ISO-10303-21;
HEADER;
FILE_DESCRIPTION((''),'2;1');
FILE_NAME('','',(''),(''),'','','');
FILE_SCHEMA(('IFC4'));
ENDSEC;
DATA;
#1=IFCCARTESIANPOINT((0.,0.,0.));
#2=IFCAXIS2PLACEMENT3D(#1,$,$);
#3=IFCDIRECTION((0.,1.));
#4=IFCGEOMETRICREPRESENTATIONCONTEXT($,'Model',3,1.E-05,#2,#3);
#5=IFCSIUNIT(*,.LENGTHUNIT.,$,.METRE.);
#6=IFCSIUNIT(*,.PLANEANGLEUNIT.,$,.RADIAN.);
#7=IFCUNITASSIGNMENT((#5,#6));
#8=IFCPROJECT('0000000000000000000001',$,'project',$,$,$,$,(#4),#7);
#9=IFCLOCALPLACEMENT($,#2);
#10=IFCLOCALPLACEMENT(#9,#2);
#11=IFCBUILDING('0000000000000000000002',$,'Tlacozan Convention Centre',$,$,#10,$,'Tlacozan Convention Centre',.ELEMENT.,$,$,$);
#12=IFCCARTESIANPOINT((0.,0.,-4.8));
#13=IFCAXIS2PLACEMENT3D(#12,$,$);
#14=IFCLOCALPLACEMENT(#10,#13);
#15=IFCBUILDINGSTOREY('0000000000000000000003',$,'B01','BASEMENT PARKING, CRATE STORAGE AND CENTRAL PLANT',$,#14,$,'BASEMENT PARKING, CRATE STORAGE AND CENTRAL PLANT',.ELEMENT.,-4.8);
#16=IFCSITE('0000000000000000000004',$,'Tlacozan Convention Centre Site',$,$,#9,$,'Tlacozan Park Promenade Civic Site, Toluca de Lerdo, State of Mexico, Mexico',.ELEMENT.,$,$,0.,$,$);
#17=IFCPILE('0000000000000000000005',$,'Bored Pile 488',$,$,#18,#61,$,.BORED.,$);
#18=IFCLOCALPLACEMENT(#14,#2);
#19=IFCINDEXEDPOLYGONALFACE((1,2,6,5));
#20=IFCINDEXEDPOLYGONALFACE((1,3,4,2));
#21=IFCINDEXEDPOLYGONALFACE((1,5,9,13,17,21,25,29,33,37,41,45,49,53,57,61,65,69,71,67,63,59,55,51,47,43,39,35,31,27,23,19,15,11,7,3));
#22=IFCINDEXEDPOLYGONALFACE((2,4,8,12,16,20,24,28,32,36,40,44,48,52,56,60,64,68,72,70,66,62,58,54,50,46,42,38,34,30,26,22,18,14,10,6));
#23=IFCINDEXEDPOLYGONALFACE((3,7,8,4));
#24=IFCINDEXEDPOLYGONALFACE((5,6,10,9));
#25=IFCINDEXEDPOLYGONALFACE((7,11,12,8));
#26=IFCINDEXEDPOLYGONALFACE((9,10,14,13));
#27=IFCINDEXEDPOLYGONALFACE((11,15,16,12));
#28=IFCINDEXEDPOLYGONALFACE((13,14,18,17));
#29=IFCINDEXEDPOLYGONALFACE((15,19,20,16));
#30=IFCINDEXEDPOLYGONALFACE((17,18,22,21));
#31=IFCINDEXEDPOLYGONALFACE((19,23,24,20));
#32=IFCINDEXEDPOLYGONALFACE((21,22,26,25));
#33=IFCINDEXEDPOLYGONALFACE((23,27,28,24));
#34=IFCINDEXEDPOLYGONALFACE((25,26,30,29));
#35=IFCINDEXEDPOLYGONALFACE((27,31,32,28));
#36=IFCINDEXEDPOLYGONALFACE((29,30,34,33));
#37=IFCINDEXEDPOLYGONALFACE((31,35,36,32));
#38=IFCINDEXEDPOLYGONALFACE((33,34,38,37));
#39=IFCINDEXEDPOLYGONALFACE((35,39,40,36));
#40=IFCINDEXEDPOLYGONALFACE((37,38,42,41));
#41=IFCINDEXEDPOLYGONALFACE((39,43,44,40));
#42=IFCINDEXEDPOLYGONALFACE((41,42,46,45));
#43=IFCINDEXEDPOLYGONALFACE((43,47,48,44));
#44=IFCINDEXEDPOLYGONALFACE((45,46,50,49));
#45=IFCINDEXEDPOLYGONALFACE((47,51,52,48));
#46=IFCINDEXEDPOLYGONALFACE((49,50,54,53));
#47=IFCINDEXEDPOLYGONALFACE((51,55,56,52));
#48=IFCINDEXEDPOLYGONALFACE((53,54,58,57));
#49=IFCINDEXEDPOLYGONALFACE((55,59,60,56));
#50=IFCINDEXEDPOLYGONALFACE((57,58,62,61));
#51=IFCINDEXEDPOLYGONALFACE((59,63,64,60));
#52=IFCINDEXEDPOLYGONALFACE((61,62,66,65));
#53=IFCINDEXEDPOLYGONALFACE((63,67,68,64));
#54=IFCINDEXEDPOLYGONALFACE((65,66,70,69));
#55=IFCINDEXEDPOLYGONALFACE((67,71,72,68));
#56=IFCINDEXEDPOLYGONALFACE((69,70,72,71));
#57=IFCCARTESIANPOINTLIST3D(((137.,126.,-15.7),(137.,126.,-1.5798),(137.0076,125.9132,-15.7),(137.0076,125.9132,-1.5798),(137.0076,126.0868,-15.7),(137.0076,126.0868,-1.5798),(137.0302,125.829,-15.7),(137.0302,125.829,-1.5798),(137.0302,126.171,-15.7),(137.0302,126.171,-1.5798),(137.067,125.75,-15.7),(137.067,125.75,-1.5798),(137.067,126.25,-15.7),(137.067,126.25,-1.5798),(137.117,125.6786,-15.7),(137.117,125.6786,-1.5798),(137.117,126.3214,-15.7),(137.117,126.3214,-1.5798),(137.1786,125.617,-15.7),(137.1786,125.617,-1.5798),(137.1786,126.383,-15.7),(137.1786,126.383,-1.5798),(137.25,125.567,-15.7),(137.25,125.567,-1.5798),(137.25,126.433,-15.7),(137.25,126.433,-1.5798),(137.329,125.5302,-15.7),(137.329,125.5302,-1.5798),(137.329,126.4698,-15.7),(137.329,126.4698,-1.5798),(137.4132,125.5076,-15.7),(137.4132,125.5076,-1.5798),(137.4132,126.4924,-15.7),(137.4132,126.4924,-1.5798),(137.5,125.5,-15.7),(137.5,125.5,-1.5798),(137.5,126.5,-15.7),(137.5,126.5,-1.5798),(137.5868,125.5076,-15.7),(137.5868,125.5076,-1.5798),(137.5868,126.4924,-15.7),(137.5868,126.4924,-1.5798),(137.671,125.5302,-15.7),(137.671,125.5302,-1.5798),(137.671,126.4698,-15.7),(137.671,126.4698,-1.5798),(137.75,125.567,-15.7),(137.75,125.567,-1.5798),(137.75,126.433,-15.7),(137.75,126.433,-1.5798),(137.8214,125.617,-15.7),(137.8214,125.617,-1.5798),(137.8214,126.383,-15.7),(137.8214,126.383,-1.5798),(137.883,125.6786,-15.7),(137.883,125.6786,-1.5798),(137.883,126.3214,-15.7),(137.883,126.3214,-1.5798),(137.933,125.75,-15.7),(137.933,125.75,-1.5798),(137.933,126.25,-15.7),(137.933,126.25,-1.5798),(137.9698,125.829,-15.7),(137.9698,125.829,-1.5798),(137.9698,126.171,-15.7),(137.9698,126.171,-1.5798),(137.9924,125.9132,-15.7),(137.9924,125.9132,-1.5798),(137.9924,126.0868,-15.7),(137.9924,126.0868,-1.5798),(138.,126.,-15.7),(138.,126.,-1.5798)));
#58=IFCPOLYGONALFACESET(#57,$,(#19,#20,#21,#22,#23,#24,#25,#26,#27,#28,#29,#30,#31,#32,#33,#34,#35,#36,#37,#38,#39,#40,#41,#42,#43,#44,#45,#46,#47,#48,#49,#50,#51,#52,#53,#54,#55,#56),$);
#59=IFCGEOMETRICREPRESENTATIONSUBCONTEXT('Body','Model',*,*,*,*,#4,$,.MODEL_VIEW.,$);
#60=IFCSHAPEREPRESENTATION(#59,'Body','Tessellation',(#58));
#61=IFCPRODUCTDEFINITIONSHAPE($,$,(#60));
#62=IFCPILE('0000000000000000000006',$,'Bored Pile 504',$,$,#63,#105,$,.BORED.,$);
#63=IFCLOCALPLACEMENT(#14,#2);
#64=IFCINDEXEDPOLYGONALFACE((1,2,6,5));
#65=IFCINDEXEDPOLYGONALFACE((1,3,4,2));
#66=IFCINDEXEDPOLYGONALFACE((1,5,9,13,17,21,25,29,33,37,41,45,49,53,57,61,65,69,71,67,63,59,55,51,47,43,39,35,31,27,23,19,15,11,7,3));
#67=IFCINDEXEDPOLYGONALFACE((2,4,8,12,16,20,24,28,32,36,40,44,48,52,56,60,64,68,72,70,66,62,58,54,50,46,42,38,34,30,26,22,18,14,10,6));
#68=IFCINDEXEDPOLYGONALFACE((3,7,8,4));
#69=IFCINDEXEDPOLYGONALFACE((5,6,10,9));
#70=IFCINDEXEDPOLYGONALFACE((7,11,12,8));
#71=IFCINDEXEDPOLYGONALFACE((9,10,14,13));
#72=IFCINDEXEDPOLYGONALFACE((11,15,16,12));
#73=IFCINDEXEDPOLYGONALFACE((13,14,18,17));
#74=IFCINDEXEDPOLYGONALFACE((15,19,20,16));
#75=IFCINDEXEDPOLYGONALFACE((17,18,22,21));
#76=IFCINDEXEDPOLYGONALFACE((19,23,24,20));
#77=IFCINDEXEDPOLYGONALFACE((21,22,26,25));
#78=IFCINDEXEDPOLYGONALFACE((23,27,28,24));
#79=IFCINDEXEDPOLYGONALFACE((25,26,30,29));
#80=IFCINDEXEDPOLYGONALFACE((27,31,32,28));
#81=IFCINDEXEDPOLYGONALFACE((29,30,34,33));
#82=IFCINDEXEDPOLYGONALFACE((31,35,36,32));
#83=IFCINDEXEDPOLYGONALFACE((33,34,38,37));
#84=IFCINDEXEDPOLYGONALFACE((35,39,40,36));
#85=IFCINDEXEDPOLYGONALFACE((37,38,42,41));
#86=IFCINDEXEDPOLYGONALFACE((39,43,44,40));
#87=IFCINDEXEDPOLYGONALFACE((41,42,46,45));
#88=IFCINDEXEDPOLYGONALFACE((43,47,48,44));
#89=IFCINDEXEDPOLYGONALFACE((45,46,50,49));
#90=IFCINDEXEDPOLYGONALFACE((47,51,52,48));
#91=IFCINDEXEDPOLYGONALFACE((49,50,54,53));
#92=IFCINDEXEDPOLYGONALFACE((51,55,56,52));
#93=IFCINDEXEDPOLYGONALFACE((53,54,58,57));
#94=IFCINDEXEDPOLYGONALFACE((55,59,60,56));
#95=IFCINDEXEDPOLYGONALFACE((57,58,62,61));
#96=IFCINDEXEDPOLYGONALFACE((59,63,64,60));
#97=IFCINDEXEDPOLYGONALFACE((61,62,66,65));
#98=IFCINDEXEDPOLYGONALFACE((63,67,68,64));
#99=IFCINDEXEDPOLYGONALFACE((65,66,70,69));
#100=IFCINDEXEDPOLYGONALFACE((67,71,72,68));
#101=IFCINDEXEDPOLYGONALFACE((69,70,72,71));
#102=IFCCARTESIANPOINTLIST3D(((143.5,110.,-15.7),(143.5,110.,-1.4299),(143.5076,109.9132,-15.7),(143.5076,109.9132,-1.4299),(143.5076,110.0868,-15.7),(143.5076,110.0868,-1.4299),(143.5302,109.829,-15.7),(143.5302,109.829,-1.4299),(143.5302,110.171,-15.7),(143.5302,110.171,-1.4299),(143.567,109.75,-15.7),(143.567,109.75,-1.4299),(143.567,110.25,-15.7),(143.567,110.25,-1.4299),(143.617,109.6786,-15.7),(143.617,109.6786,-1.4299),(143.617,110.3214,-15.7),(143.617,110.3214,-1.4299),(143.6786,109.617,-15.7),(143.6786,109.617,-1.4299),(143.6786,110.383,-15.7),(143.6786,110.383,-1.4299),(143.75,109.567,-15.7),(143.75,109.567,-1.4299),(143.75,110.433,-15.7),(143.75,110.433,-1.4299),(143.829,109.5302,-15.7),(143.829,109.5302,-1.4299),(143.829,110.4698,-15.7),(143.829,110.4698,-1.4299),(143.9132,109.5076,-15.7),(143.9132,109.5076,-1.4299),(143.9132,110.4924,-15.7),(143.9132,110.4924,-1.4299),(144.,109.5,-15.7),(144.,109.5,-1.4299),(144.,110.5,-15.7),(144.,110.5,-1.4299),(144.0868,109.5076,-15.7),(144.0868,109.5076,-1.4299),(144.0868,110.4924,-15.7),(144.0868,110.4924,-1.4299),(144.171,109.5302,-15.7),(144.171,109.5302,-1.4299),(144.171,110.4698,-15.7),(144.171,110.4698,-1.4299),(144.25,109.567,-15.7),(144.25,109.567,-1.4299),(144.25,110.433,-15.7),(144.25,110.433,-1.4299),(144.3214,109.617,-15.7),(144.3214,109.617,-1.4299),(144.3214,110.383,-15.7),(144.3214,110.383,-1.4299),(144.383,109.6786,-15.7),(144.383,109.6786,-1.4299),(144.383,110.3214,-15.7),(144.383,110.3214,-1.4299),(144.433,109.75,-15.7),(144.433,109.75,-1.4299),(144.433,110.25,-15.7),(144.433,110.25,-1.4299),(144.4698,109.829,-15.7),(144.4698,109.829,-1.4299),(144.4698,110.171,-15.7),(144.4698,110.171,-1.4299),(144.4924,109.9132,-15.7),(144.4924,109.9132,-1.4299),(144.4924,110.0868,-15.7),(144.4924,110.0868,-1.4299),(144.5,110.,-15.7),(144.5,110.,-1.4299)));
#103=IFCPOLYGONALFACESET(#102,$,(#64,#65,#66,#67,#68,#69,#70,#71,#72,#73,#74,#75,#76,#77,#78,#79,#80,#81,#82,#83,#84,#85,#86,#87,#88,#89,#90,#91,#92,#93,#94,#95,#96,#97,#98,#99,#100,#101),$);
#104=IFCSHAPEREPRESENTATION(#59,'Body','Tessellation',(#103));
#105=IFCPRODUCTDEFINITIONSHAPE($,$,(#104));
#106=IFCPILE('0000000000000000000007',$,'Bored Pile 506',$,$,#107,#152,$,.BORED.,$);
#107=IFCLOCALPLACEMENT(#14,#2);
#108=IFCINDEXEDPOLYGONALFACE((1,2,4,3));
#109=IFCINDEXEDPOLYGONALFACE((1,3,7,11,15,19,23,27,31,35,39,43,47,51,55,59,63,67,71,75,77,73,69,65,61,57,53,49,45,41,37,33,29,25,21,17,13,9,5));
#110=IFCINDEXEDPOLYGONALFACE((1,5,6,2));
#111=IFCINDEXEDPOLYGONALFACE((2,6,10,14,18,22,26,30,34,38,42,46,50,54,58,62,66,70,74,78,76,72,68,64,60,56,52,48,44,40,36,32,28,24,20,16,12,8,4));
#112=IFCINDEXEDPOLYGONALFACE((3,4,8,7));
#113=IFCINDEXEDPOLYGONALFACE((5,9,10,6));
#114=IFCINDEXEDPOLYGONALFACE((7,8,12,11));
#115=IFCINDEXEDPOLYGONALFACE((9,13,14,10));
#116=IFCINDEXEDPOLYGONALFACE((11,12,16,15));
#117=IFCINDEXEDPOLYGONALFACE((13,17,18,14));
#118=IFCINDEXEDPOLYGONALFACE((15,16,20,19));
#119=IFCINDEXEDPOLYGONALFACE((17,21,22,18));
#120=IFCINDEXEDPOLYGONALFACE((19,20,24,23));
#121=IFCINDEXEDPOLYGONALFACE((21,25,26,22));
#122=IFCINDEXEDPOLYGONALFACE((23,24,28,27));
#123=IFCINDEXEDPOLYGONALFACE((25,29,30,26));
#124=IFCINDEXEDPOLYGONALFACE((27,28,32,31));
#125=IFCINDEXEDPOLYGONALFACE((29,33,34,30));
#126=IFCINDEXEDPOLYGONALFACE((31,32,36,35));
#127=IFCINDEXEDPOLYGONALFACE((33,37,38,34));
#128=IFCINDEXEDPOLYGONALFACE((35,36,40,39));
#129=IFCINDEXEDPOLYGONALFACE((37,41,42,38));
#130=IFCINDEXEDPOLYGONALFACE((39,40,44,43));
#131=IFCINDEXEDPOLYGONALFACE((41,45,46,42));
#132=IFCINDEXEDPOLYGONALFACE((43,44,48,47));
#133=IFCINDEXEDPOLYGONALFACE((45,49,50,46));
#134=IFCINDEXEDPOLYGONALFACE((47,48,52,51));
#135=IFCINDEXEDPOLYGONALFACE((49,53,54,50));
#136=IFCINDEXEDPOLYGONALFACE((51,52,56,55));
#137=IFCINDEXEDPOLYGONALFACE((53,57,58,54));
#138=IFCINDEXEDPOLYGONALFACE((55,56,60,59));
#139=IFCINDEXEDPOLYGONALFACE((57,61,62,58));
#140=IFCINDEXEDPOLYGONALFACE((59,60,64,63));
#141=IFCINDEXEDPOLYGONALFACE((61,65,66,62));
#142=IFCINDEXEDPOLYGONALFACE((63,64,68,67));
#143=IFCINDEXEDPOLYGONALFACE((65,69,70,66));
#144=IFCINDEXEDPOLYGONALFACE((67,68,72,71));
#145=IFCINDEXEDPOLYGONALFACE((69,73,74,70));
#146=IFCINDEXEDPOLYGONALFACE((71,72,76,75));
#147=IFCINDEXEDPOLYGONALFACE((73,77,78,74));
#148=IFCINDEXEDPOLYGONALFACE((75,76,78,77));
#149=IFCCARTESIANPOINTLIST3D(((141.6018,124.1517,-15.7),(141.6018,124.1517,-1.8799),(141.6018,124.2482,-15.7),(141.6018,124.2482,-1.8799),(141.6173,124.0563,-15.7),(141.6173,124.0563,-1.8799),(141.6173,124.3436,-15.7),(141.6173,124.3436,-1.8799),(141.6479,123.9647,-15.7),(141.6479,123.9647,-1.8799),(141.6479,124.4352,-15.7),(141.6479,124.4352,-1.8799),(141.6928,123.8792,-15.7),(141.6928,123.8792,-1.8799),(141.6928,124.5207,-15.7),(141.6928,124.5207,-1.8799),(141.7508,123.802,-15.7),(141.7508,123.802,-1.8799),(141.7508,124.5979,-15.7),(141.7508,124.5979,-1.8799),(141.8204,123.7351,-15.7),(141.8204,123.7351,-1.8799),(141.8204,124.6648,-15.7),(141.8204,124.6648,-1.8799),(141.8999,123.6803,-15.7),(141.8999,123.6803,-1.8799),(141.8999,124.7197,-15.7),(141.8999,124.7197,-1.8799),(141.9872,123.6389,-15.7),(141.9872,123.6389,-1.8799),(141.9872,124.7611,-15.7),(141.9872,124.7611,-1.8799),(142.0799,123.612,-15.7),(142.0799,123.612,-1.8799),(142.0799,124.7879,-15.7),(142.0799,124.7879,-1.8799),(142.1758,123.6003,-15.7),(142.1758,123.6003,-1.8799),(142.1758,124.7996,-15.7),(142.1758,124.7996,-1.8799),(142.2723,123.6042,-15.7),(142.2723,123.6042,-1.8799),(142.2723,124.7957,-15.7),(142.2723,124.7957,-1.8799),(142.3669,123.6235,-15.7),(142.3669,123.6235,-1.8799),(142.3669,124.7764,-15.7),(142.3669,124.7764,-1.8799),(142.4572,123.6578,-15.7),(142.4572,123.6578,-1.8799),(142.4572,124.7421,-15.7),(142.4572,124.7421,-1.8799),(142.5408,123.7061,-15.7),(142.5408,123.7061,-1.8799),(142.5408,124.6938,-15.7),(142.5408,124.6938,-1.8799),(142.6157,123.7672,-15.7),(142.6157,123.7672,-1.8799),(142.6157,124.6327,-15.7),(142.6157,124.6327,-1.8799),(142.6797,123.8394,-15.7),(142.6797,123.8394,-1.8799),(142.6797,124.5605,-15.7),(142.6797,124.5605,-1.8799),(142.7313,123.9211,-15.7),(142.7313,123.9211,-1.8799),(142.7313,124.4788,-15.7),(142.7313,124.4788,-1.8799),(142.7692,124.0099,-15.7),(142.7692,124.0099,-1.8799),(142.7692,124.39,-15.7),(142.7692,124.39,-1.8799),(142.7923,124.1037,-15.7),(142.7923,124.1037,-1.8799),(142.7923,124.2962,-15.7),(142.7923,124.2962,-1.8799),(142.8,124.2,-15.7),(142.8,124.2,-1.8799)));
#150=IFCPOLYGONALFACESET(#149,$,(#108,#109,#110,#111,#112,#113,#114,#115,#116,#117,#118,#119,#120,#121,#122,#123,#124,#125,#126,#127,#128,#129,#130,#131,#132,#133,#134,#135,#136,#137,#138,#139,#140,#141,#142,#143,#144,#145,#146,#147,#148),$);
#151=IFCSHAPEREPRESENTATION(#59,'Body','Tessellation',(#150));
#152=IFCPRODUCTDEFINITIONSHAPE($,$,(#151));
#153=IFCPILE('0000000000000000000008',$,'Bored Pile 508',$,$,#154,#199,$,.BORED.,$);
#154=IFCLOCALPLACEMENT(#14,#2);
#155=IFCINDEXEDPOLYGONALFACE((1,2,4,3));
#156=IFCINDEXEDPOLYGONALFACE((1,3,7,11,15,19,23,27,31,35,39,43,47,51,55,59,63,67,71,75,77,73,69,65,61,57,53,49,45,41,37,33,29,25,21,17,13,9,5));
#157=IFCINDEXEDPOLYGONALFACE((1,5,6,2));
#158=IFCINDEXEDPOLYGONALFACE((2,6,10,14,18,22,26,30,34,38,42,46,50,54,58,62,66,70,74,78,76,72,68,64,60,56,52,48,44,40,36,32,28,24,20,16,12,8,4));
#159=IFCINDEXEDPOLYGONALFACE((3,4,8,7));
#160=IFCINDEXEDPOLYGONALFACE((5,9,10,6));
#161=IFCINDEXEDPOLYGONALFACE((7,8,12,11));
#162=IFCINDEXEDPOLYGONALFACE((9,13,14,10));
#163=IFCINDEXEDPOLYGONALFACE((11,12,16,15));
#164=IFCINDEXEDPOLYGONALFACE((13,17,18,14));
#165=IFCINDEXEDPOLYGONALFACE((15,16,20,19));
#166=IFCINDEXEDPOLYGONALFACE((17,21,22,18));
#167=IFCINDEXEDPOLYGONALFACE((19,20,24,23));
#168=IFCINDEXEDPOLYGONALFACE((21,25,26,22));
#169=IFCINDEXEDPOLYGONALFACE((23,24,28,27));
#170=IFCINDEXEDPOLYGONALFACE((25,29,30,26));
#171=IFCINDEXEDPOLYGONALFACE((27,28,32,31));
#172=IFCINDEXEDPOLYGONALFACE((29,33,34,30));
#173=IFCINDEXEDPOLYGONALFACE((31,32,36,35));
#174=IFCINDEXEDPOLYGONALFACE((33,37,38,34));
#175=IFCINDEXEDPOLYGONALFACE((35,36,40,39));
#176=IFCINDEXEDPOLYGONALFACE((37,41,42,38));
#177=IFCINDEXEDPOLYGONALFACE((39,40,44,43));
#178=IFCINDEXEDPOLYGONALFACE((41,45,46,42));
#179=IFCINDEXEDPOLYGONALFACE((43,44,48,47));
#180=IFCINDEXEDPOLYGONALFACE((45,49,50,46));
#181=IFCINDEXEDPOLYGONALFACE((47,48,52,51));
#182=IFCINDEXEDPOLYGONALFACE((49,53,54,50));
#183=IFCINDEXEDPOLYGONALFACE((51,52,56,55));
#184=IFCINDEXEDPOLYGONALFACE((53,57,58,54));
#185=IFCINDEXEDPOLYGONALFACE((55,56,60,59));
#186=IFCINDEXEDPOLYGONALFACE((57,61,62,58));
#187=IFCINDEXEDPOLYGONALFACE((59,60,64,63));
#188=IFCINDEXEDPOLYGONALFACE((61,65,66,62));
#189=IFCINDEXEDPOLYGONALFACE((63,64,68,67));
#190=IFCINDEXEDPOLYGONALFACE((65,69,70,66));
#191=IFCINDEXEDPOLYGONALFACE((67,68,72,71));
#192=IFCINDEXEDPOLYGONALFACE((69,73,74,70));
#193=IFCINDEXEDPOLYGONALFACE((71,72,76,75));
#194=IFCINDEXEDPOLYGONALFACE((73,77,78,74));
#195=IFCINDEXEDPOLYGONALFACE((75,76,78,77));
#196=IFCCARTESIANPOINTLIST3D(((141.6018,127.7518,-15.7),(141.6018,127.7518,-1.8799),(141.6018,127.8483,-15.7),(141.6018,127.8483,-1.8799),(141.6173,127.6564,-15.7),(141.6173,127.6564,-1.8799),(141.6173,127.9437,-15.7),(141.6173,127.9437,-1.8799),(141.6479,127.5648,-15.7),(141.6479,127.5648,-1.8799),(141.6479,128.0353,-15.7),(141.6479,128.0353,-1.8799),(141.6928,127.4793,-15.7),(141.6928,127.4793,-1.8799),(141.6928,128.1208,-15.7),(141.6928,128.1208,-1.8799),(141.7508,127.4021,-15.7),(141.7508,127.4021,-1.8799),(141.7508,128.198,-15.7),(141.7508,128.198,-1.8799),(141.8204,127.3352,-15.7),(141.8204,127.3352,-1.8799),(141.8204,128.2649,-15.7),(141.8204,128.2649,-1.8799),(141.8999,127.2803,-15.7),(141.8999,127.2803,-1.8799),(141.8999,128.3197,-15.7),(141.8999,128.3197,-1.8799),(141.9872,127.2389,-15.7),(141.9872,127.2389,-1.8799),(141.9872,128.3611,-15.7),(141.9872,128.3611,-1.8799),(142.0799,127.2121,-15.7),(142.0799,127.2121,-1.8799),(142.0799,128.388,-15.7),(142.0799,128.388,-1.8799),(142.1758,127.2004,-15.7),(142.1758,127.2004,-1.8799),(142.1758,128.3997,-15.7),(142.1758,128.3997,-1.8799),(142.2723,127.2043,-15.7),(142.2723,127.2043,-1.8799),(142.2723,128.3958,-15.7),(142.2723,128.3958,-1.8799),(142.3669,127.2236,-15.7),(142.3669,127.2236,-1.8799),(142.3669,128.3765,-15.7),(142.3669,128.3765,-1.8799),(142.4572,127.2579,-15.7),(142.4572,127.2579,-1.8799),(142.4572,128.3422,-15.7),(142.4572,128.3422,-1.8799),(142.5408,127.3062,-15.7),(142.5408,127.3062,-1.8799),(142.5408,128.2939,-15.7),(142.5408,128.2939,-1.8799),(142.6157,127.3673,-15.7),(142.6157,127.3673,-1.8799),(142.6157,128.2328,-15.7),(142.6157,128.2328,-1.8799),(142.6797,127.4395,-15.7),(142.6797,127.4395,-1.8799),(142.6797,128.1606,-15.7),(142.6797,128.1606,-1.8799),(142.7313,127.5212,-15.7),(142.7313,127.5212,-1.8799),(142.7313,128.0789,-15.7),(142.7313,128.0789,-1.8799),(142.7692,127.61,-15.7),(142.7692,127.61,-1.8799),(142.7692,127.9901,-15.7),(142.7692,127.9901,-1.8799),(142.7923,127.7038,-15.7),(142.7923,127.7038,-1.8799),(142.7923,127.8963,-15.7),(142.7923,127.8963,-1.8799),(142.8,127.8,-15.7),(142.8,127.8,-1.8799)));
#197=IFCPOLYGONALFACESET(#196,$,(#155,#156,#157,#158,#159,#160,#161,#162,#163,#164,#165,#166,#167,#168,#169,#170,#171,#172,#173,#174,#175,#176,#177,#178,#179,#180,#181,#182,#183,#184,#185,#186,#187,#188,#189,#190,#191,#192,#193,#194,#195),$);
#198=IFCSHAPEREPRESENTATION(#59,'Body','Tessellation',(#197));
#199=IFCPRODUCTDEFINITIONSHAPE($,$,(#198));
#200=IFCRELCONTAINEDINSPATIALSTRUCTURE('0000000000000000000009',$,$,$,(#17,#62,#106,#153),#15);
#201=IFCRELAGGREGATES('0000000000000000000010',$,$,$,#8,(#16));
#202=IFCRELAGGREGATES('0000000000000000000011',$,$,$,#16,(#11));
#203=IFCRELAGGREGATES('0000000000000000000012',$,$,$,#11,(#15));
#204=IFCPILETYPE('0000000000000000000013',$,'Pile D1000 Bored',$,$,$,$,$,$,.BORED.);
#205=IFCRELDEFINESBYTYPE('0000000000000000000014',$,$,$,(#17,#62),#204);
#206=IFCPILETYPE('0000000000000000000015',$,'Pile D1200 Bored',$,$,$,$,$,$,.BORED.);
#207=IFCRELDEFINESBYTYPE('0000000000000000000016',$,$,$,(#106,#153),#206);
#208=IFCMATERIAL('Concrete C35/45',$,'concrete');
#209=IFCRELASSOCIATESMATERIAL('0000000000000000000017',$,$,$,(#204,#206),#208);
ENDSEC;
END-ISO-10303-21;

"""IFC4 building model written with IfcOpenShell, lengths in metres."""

from ifc_helpers import new_model, si_unit, direction, frame, origin, origin_2d, place, context, subcontext, project, spatial, circle, extrude, material, material_profile, profile_set, type_object, element, save


model = new_model("IFC4")

# Units and contexts
model_context = context("Model", 3, precision=1e-05, world=origin(), true_north=direction((0.0, 1.0)))
body_context = subcontext(model_context, "Body", "Model", "MODEL_VIEW")
ifc_project = project(units=[si_unit("LENGTHUNIT", "METRE"), si_unit("PLANEANGLEUNIT", "RADIAN")], contexts=[model_context])

# Site, building, storey
site_placement = place(None, origin())
site = spatial("IfcSite", under=ifc_project, at=site_placement, Name="Tlacozan Convention Centre Site", LongName="Tlacozan Park Promenade Civic Site, Toluca de Lerdo, State of Mexico, Mexico", CompositionType="ELEMENT", RefElevation=0.0)
building_placement = place(site_placement, origin())
building = spatial("IfcBuilding", under=site, at=building_placement, Name="Tlacozan Convention Centre", LongName="Tlacozan Convention Centre", CompositionType="ELEMENT")
storey_placement = place(building_placement, frame((0.0, 0.0, -4.8)))
storey = spatial("IfcBuildingStorey", under=building, at=storey_placement, Name="B01", Description="BASEMENT PARKING, CRATE STORAGE AND CENTRAL PLANT", LongName="BASEMENT PARKING, CRATE STORAGE AND CENTRAL PLANT", CompositionType="ELEMENT", Elevation=-4.8)

# Shared definitions
ifc_material_1 = material(Name="Concrete C35/45", Category="concrete")

# Piles
ifc_material_profile_1 = material_profile(ifc_material_1, circle(Radius=0.5, at=origin_2d()), Name="PILE D1000")
ifc_profile_set_1 = profile_set([ifc_material_profile_1], Name="Concrete C35/45")
pile_type_1 = type_object("IfcPileType", Name="Pile D1000 Bored", PredefinedType="BORED", material=ifc_profile_set_1)
for number, where, z_axis, x_axis, name in (
    (1, (137.5, 126.0, -1.5798), (0.0, 0.0, -1.0), (1.0, 0.0, 0.0), "Bored Pile 488"),
):
    element("IfcPile", number, at=place(storey_placement, frame(where, z_axis=z_axis, x_axis=x_axis)), inside=storey, type_object=pile_type_1, Name=name, PredefinedType="BORED", context=body_context, shape_type="SweptSolid", body=[
        extrude(circle(Radius=0.5, at=origin_2d()), origin(), (0.0, 0.0, 1.0), 14.1201),
    ])
pile_1_placement = place(storey_placement, frame((144.0, 110.0, -1.4299), z_axis=(0.0, 0.0, -1.0), x_axis=(1.0, 0.0, 0.0)))
element("IfcPile", 2, at=pile_1_placement, inside=storey, type_object=pile_type_1, Name="Bored Pile 504", PredefinedType="BORED", context=body_context, shape_type="SweptSolid", body=[
    extrude(circle(Radius=0.5, at=origin_2d()), origin(), (0.0, 0.0, 1.0), 14.27),
])
ifc_material_profile_2 = material_profile(ifc_material_1, circle(Radius=0.6001, at=origin_2d()), Name="PILE D1200")
ifc_profile_set_2 = profile_set([ifc_material_profile_2], Name="Concrete C35/45")
pile_type_2 = type_object("IfcPileType", Name="Pile D1200 Bored", PredefinedType="BORED", material=ifc_profile_set_2)
for number, where, z_axis, x_axis, name in (
    (3, (142.2, 124.2, -1.8799), (0.0, 0.0, -1.0), (1.0, 0.0, 0.0), "Bored Pile 506"),
    (4, (142.2, 127.8, -1.8799), (0.0, 0.0, -1.0), (1.0, 0.0, 0.0), "Bored Pile 508"),
):
    element("IfcPile", number, at=place(storey_placement, frame(where, z_axis=z_axis, x_axis=x_axis)), inside=storey, type_object=pile_type_2, Name=name, PredefinedType="BORED", context=body_context, shape_type="SweptSolid", body=[
        extrude(circle(Radius=0.6001, at=origin_2d()), origin(), (0.0, 0.0, 1.0), 13.8201),
    ])

save(model, "model.ifc")
